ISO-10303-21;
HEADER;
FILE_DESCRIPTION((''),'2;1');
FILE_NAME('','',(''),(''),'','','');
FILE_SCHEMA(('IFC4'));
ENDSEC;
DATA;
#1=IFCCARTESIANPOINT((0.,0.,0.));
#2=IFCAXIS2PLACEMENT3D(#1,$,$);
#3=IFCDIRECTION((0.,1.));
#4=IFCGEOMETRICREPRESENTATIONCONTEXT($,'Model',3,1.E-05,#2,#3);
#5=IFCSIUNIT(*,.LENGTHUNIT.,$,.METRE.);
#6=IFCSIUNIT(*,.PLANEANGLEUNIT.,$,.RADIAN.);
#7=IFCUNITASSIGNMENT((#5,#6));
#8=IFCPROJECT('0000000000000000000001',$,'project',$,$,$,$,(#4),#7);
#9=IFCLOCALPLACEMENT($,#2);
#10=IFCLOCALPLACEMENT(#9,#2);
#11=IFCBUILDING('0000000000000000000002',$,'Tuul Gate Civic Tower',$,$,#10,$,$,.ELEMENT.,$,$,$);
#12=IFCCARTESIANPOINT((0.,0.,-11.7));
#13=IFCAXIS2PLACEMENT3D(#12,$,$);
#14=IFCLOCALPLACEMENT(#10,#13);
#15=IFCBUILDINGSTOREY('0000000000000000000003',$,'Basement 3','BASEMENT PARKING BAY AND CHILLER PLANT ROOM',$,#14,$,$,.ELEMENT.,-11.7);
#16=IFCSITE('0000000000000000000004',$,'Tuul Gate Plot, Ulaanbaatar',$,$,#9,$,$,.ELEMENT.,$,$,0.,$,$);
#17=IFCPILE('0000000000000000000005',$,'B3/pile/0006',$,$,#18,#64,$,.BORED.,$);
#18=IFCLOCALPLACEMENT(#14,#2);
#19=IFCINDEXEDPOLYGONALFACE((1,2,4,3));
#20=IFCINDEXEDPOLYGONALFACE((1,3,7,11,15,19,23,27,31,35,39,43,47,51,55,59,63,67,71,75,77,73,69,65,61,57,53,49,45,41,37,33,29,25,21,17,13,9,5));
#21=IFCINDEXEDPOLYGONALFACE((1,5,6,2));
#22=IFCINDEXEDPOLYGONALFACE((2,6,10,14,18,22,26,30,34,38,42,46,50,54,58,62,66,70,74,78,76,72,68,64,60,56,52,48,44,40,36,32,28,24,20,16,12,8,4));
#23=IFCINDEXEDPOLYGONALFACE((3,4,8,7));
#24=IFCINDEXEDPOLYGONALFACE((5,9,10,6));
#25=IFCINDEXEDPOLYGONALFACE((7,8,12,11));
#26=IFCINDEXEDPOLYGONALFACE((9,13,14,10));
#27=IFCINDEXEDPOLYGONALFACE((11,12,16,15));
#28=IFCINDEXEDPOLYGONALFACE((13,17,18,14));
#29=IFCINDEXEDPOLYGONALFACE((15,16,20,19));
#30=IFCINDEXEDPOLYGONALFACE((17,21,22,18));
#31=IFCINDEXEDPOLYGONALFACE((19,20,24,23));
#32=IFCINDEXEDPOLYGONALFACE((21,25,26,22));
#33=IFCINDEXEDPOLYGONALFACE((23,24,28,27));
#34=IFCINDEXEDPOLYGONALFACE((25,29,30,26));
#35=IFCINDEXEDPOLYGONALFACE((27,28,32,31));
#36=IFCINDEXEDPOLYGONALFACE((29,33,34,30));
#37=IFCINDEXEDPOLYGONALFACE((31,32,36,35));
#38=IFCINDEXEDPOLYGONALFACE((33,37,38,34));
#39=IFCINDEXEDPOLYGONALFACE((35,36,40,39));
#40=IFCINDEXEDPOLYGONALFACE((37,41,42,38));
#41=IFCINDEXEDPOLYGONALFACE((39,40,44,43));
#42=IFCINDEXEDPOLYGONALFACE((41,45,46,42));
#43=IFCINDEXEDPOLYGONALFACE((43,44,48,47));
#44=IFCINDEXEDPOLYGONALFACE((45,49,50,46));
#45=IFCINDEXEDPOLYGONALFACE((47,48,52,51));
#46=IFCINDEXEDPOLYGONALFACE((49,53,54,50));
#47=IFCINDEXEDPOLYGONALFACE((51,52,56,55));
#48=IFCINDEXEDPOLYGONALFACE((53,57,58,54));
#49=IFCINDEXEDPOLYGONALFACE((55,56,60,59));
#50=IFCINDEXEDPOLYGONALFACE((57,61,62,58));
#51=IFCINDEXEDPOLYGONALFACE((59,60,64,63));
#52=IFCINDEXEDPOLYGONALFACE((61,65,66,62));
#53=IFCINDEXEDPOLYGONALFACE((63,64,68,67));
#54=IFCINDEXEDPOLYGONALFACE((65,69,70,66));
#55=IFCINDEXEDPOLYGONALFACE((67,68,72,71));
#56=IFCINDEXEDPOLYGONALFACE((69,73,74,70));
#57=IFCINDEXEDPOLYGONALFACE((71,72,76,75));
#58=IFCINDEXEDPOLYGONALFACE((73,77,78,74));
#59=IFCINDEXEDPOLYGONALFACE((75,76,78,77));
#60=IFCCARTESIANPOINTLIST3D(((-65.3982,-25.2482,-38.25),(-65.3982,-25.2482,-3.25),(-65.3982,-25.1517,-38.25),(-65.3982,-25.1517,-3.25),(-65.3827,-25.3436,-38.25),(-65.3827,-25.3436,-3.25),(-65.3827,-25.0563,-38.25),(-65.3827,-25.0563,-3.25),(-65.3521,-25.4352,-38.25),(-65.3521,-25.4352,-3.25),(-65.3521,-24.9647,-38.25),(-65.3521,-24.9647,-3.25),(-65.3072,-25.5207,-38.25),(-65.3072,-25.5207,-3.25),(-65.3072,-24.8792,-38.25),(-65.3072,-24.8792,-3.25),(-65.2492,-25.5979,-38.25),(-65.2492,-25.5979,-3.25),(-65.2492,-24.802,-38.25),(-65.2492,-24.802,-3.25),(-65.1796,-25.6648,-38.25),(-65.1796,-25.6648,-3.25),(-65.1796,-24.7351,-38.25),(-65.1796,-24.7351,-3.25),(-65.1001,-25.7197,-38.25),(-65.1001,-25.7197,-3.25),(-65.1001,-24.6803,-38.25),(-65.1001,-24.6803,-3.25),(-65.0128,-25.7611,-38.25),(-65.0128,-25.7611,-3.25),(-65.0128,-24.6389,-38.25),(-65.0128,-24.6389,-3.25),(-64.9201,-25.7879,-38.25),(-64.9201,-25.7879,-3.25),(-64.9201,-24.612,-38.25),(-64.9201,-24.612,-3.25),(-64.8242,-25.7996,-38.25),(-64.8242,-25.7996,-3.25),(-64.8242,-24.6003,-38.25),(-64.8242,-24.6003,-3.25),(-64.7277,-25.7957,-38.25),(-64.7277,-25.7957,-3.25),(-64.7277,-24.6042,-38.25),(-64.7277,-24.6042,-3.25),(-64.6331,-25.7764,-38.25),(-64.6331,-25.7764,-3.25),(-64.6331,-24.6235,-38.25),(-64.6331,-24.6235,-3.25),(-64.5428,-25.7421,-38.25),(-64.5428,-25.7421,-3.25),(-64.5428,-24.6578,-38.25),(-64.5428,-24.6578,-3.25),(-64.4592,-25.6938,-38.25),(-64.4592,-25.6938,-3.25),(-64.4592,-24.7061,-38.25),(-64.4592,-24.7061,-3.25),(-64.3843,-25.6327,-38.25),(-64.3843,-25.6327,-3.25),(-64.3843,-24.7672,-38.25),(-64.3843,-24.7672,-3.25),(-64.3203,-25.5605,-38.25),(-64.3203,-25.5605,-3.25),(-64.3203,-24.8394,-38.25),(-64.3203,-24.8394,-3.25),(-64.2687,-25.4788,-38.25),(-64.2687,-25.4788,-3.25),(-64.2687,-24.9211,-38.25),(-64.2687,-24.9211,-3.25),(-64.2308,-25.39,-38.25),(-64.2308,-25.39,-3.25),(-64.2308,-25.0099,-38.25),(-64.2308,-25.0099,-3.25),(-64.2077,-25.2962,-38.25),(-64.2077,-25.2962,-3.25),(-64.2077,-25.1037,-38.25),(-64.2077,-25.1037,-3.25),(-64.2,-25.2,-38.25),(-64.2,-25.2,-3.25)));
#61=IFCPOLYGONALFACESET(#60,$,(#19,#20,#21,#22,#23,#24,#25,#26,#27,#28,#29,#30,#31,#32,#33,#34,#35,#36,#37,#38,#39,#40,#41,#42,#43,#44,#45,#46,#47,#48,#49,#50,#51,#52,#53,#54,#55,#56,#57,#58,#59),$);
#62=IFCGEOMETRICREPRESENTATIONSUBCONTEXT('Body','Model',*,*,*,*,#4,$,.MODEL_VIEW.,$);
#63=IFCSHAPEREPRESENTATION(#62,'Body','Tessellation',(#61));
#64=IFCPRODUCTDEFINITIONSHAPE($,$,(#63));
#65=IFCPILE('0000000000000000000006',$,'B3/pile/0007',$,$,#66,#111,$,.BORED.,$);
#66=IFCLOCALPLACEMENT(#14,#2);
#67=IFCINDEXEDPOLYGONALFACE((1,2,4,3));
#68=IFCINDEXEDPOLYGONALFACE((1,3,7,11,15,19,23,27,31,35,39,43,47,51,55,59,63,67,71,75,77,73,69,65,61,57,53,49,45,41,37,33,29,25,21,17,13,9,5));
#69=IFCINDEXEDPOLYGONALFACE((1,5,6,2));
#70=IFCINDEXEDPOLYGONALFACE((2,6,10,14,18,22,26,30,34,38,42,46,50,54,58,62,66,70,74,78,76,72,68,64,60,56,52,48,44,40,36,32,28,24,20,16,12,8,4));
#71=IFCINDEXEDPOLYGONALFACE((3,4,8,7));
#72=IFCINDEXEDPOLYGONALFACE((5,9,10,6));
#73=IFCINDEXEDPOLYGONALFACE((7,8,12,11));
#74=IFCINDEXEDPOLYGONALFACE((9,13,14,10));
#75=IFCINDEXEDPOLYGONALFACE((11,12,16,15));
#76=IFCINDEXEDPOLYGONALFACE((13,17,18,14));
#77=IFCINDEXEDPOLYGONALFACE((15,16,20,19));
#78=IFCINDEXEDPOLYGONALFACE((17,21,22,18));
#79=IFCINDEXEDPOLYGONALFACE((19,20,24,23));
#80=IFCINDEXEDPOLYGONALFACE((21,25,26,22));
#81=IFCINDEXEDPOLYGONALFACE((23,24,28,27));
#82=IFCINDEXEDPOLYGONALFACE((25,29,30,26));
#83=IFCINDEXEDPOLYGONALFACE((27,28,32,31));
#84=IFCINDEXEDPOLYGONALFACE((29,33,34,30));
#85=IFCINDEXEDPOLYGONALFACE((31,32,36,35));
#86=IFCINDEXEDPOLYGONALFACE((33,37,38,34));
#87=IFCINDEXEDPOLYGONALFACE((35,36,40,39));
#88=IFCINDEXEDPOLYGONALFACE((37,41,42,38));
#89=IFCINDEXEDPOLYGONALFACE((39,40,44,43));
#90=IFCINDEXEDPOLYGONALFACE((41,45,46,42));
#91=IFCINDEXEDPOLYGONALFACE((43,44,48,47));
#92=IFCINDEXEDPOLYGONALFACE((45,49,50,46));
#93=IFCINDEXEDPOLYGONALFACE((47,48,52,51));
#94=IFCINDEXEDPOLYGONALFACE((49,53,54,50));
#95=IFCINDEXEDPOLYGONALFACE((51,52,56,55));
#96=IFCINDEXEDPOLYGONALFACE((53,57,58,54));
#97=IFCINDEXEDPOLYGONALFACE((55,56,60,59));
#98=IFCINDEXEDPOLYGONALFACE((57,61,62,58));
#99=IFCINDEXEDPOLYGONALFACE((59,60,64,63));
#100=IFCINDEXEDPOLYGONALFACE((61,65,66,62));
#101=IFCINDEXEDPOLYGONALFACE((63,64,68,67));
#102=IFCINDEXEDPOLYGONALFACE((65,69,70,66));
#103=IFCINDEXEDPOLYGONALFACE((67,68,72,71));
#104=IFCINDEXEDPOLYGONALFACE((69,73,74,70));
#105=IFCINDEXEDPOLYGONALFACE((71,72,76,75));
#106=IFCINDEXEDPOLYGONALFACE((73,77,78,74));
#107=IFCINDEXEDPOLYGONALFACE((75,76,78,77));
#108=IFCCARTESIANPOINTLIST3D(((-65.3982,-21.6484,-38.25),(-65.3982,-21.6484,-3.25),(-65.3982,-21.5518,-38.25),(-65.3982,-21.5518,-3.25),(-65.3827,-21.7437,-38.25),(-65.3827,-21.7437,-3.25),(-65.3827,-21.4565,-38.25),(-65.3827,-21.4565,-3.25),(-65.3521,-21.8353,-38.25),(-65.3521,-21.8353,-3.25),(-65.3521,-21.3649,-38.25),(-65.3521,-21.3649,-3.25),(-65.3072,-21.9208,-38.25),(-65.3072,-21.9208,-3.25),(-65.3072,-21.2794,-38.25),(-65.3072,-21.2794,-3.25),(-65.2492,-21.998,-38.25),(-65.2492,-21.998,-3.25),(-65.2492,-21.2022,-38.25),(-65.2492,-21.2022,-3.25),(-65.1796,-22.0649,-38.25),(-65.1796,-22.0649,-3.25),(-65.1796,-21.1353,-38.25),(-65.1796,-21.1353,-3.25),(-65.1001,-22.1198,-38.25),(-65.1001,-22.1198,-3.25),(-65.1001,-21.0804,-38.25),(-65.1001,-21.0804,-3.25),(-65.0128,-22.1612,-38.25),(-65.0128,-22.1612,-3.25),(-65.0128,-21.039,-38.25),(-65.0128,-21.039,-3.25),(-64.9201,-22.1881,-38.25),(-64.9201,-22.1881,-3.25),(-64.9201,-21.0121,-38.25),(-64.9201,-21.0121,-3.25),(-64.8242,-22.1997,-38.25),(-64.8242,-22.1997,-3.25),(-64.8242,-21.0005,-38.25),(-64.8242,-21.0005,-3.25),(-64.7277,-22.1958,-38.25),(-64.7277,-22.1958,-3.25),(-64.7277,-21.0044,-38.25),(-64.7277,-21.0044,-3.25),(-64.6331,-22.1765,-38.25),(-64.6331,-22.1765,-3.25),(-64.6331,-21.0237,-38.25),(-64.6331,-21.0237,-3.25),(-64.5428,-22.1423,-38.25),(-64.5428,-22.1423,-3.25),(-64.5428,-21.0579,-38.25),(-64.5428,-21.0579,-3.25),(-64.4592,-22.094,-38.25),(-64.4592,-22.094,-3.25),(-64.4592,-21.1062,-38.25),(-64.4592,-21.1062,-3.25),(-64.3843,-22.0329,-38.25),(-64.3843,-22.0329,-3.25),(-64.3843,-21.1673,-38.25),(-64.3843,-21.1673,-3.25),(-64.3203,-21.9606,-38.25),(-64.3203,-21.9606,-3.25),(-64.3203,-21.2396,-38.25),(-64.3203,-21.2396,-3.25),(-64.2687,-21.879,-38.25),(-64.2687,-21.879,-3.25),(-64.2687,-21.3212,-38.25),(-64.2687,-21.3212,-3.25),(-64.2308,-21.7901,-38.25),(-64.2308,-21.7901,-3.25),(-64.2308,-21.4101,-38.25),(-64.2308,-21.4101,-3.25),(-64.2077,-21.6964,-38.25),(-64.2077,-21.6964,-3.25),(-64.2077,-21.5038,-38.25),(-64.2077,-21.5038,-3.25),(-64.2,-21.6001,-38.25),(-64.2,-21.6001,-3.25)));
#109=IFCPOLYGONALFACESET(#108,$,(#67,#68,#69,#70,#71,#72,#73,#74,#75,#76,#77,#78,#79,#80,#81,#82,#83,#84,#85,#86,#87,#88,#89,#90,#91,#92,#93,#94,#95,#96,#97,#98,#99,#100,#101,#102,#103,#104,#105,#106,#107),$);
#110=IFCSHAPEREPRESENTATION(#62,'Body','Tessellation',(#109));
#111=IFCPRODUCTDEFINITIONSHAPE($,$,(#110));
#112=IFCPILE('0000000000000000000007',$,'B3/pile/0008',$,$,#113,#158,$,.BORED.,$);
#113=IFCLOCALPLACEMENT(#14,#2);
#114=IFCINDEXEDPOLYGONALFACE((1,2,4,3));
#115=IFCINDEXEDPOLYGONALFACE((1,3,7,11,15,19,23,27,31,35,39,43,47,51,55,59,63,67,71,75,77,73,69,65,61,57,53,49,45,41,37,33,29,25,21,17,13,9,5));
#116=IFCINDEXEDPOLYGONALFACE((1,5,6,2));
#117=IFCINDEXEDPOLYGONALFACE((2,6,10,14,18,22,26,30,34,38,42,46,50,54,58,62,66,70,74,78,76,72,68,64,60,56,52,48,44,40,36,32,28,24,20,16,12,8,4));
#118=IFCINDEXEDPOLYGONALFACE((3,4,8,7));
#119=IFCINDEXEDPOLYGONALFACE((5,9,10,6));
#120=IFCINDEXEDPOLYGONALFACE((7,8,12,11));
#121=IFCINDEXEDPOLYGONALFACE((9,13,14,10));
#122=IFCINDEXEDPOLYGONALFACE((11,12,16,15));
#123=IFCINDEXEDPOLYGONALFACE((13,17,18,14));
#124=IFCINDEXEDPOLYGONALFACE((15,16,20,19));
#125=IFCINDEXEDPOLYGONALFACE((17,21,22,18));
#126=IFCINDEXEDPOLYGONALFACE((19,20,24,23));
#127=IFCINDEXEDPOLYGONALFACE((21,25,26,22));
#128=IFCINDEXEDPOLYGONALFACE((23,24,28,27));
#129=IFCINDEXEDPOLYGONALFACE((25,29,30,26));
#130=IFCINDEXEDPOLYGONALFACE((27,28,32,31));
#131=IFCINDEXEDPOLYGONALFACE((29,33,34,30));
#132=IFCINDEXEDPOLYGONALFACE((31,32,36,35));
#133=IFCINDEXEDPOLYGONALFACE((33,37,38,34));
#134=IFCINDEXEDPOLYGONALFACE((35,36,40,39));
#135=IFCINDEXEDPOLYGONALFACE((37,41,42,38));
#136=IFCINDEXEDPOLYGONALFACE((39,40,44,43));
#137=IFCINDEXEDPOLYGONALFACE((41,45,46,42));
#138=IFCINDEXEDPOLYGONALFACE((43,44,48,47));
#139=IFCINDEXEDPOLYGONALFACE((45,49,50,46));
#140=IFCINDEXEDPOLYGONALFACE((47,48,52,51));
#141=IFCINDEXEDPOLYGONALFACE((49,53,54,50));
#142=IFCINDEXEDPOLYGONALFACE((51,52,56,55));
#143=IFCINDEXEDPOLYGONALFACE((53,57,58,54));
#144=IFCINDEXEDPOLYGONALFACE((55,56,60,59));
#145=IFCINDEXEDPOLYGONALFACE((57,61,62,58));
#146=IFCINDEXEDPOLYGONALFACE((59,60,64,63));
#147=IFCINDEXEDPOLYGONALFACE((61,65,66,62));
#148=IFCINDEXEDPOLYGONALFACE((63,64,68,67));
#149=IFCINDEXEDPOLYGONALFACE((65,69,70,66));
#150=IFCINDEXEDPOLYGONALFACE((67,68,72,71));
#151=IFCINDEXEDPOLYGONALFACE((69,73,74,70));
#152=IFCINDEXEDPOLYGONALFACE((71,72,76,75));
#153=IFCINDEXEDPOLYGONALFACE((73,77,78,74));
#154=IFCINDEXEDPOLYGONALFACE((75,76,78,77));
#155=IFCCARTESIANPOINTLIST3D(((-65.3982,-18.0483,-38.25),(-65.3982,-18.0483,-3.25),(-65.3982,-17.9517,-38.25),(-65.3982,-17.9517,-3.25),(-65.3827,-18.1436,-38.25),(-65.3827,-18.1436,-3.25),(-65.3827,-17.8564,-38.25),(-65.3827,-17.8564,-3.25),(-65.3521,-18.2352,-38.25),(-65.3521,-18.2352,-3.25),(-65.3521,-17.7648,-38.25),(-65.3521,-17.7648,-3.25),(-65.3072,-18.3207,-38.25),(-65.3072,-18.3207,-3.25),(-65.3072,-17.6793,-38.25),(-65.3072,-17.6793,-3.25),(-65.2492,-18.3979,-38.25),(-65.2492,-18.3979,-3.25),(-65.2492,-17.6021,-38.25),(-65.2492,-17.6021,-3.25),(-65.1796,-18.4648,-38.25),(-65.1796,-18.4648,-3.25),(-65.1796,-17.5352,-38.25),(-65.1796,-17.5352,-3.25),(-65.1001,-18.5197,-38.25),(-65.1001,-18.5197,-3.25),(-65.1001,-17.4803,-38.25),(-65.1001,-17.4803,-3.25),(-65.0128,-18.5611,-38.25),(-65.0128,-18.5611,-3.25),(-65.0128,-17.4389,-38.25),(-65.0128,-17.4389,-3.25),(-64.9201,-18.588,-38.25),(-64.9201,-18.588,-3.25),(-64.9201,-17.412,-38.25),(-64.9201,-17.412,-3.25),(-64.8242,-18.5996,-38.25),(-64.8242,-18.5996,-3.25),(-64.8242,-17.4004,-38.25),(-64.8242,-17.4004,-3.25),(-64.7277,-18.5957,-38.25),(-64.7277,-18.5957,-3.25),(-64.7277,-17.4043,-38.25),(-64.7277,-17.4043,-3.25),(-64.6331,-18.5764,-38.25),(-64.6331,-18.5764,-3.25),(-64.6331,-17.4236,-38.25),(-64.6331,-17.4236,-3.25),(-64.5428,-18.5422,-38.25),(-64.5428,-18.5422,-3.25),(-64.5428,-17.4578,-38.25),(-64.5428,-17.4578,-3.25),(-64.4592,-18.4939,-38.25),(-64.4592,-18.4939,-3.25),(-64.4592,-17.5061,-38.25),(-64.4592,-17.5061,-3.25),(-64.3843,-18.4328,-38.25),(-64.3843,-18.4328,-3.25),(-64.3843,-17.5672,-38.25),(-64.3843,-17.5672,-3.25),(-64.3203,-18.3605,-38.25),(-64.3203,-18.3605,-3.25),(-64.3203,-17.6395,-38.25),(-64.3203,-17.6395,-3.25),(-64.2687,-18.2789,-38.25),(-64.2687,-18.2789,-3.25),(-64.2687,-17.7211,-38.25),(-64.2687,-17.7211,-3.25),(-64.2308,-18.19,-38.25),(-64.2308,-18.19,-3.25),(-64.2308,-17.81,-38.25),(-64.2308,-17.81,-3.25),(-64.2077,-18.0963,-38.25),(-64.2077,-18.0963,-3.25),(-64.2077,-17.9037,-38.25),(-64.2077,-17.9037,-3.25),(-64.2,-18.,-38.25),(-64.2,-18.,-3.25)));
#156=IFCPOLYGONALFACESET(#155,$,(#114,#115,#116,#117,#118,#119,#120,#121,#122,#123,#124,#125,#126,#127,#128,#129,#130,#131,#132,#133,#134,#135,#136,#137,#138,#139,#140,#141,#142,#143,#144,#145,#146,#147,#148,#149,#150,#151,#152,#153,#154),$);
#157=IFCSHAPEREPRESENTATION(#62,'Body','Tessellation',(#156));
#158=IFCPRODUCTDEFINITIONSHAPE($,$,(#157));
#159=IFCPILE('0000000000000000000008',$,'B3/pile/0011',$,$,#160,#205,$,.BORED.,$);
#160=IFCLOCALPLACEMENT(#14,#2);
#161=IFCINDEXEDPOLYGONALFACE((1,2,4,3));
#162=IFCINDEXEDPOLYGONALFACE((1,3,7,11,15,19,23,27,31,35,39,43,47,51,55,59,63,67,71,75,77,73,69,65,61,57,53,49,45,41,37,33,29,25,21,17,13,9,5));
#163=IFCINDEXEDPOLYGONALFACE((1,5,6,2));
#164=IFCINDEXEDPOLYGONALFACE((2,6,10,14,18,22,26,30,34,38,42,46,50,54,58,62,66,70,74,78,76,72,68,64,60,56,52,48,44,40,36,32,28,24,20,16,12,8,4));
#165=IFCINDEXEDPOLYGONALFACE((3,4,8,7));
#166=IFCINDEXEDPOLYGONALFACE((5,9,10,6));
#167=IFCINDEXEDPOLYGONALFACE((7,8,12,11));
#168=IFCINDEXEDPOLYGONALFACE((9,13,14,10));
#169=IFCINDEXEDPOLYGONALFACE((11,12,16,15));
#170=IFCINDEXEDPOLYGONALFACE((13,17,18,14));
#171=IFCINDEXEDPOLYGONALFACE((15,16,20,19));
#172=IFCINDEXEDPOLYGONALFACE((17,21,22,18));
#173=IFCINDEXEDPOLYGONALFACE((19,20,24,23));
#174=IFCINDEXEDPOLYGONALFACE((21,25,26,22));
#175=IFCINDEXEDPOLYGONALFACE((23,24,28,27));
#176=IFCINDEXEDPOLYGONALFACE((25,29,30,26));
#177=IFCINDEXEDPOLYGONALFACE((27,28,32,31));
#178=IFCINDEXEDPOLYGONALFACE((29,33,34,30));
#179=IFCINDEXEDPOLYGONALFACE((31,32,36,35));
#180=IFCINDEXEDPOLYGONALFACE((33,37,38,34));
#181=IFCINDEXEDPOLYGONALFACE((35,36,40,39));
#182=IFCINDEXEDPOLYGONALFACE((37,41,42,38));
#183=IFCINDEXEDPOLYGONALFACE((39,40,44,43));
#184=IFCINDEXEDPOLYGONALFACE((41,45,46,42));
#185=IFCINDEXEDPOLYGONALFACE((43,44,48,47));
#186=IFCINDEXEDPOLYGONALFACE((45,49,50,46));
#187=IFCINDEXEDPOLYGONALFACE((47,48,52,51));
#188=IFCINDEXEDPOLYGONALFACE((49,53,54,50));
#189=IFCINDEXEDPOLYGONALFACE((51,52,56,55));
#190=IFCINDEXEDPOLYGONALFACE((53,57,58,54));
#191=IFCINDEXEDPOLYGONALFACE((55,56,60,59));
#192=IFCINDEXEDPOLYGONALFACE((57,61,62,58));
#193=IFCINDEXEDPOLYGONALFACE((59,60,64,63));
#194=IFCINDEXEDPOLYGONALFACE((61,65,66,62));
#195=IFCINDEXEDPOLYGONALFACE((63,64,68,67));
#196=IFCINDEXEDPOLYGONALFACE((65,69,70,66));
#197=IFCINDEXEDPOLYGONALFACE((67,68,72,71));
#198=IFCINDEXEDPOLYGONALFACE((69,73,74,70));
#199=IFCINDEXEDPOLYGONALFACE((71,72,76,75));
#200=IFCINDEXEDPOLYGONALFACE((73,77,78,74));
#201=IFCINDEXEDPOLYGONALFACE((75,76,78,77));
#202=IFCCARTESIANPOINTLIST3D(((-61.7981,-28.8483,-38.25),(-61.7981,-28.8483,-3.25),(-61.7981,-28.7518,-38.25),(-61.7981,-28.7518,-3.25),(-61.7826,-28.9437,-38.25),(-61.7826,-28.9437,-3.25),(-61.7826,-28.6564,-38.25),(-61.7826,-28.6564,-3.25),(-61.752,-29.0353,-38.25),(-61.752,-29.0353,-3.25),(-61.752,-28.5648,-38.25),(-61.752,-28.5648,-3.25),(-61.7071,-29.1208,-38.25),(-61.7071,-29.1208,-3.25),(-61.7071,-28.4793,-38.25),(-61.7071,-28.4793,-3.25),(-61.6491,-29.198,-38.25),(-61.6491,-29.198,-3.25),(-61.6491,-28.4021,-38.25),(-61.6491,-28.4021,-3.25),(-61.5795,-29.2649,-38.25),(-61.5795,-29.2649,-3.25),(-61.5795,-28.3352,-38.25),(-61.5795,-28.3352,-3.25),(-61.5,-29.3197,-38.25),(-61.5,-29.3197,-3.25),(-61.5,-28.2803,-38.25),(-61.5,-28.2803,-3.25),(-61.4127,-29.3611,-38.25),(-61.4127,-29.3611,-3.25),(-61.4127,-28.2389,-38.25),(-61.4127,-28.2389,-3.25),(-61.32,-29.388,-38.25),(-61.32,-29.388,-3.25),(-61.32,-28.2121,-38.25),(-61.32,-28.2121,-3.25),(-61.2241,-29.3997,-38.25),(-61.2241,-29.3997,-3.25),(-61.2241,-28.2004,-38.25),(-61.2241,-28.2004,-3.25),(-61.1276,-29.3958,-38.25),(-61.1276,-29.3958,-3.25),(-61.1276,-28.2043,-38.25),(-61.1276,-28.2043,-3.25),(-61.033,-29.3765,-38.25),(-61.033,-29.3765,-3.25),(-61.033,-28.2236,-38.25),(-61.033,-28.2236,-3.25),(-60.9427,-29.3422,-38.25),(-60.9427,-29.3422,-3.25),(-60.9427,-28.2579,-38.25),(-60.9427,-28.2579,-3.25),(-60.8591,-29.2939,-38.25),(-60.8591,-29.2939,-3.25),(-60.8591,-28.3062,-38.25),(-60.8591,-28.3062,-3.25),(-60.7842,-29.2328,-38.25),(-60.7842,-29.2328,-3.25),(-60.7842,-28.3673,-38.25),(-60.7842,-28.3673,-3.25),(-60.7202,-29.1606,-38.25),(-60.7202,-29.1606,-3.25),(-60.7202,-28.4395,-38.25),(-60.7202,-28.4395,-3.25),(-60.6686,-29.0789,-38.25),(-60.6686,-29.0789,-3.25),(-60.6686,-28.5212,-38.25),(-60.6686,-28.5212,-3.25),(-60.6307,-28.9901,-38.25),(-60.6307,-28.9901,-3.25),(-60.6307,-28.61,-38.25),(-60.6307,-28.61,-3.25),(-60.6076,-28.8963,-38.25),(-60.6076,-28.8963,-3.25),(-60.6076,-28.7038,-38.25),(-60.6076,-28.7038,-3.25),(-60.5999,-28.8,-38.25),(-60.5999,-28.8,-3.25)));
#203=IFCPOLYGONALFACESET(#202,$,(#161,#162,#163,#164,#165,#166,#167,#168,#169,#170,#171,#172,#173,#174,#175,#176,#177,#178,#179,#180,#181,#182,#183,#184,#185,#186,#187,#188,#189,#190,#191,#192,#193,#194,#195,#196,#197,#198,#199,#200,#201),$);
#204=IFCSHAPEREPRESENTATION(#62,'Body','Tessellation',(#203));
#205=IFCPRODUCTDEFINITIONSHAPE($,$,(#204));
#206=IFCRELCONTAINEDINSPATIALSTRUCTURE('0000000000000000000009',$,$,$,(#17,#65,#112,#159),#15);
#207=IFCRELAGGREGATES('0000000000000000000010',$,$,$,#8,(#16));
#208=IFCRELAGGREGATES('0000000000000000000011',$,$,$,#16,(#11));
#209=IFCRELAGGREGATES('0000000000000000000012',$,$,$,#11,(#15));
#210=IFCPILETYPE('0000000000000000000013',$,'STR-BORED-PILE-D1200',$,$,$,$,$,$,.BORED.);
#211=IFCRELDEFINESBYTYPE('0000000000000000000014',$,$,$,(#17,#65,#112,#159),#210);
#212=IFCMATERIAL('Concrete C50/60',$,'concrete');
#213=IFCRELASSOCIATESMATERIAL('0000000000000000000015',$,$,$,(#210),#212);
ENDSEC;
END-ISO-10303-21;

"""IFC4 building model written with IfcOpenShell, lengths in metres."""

from ifc_helpers import new_model, si_unit, direction, frame, origin, origin_2d, place, context, subcontext, project, spatial, circle, extrude, material, material_profile, profile_set, type_object, element, save


model = new_model("IFC4")

# Units and contexts
model_context = context("Model", 3, precision=1e-05, world=origin(), true_north=direction((0.0, 1.0)))
body_context = subcontext(model_context, "Body", "Model", "MODEL_VIEW")
ifc_project = project(units=[si_unit("LENGTHUNIT", "METRE"), si_unit("PLANEANGLEUNIT", "RADIAN")], contexts=[model_context])

# Site, building, storey
site_placement = place(None, origin())
site = spatial("IfcSite", under=ifc_project, at=site_placement, Name="Tuul Gate Plot, Ulaanbaatar", CompositionType="ELEMENT", RefElevation=0.0)
building_placement = place(site_placement, origin())
building = spatial("IfcBuilding", under=site, at=building_placement, Name="Tuul Gate Civic Tower", CompositionType="ELEMENT")
storey_placement = place(building_placement, frame((0.0, 0.0, -11.7)))
storey = spatial("IfcBuildingStorey", under=building, at=storey_placement, Name="Basement 3", Description="BASEMENT PARKING BAY AND CHILLER PLANT ROOM", CompositionType="ELEMENT", Elevation=-11.7)

# Piles
ifc_material_1 = material(Name="Concrete C50/60", Category="concrete")
ifc_material_profile_1 = material_profile(ifc_material_1, circle(Radius=0.6001, at=origin_2d()), Name="PILE1200")
ifc_profile_set_1 = profile_set([ifc_material_profile_1], Name="Concrete C50/60")
pile_type = type_object("IfcPileType", Name="STR-BORED-PILE-D1200", PredefinedType="BORED", material=ifc_profile_set_1)
for number, where, z_axis, x_axis, name in (
    (1, (-64.8, -25.2, -3.25), (0.0, 0.0, -1.0), (1.0, 0.0, 0.0), "B3/pile/0006"),
    (2, (-64.8, -21.6001, -3.25), (0.0, 0.0, -1.0), (1.0, 0.0, 0.0), "B3/pile/0007"),
    (3, (-64.8, -18.0, -3.25), (0.0, 0.0, -1.0), (1.0, 0.0, 0.0), "B3/pile/0008"),
    (4, (-61.2, -28.8, -3.25), (0.0, 0.0, -1.0), (1.0, 0.0, 0.0), "B3/pile/0011"),
):
    element("IfcPile", number, at=place(storey_placement, frame(where, z_axis=z_axis, x_axis=x_axis)), inside=storey, type_object=pile_type, Name=name, PredefinedType="BORED", context=body_context, shape_type="SweptSolid", body=[
        extrude(circle(Radius=0.6001, at=origin_2d()), origin(), (0.0, 0.0, 1.0), 35.0),
    ])

save(model, "model.ifc")
